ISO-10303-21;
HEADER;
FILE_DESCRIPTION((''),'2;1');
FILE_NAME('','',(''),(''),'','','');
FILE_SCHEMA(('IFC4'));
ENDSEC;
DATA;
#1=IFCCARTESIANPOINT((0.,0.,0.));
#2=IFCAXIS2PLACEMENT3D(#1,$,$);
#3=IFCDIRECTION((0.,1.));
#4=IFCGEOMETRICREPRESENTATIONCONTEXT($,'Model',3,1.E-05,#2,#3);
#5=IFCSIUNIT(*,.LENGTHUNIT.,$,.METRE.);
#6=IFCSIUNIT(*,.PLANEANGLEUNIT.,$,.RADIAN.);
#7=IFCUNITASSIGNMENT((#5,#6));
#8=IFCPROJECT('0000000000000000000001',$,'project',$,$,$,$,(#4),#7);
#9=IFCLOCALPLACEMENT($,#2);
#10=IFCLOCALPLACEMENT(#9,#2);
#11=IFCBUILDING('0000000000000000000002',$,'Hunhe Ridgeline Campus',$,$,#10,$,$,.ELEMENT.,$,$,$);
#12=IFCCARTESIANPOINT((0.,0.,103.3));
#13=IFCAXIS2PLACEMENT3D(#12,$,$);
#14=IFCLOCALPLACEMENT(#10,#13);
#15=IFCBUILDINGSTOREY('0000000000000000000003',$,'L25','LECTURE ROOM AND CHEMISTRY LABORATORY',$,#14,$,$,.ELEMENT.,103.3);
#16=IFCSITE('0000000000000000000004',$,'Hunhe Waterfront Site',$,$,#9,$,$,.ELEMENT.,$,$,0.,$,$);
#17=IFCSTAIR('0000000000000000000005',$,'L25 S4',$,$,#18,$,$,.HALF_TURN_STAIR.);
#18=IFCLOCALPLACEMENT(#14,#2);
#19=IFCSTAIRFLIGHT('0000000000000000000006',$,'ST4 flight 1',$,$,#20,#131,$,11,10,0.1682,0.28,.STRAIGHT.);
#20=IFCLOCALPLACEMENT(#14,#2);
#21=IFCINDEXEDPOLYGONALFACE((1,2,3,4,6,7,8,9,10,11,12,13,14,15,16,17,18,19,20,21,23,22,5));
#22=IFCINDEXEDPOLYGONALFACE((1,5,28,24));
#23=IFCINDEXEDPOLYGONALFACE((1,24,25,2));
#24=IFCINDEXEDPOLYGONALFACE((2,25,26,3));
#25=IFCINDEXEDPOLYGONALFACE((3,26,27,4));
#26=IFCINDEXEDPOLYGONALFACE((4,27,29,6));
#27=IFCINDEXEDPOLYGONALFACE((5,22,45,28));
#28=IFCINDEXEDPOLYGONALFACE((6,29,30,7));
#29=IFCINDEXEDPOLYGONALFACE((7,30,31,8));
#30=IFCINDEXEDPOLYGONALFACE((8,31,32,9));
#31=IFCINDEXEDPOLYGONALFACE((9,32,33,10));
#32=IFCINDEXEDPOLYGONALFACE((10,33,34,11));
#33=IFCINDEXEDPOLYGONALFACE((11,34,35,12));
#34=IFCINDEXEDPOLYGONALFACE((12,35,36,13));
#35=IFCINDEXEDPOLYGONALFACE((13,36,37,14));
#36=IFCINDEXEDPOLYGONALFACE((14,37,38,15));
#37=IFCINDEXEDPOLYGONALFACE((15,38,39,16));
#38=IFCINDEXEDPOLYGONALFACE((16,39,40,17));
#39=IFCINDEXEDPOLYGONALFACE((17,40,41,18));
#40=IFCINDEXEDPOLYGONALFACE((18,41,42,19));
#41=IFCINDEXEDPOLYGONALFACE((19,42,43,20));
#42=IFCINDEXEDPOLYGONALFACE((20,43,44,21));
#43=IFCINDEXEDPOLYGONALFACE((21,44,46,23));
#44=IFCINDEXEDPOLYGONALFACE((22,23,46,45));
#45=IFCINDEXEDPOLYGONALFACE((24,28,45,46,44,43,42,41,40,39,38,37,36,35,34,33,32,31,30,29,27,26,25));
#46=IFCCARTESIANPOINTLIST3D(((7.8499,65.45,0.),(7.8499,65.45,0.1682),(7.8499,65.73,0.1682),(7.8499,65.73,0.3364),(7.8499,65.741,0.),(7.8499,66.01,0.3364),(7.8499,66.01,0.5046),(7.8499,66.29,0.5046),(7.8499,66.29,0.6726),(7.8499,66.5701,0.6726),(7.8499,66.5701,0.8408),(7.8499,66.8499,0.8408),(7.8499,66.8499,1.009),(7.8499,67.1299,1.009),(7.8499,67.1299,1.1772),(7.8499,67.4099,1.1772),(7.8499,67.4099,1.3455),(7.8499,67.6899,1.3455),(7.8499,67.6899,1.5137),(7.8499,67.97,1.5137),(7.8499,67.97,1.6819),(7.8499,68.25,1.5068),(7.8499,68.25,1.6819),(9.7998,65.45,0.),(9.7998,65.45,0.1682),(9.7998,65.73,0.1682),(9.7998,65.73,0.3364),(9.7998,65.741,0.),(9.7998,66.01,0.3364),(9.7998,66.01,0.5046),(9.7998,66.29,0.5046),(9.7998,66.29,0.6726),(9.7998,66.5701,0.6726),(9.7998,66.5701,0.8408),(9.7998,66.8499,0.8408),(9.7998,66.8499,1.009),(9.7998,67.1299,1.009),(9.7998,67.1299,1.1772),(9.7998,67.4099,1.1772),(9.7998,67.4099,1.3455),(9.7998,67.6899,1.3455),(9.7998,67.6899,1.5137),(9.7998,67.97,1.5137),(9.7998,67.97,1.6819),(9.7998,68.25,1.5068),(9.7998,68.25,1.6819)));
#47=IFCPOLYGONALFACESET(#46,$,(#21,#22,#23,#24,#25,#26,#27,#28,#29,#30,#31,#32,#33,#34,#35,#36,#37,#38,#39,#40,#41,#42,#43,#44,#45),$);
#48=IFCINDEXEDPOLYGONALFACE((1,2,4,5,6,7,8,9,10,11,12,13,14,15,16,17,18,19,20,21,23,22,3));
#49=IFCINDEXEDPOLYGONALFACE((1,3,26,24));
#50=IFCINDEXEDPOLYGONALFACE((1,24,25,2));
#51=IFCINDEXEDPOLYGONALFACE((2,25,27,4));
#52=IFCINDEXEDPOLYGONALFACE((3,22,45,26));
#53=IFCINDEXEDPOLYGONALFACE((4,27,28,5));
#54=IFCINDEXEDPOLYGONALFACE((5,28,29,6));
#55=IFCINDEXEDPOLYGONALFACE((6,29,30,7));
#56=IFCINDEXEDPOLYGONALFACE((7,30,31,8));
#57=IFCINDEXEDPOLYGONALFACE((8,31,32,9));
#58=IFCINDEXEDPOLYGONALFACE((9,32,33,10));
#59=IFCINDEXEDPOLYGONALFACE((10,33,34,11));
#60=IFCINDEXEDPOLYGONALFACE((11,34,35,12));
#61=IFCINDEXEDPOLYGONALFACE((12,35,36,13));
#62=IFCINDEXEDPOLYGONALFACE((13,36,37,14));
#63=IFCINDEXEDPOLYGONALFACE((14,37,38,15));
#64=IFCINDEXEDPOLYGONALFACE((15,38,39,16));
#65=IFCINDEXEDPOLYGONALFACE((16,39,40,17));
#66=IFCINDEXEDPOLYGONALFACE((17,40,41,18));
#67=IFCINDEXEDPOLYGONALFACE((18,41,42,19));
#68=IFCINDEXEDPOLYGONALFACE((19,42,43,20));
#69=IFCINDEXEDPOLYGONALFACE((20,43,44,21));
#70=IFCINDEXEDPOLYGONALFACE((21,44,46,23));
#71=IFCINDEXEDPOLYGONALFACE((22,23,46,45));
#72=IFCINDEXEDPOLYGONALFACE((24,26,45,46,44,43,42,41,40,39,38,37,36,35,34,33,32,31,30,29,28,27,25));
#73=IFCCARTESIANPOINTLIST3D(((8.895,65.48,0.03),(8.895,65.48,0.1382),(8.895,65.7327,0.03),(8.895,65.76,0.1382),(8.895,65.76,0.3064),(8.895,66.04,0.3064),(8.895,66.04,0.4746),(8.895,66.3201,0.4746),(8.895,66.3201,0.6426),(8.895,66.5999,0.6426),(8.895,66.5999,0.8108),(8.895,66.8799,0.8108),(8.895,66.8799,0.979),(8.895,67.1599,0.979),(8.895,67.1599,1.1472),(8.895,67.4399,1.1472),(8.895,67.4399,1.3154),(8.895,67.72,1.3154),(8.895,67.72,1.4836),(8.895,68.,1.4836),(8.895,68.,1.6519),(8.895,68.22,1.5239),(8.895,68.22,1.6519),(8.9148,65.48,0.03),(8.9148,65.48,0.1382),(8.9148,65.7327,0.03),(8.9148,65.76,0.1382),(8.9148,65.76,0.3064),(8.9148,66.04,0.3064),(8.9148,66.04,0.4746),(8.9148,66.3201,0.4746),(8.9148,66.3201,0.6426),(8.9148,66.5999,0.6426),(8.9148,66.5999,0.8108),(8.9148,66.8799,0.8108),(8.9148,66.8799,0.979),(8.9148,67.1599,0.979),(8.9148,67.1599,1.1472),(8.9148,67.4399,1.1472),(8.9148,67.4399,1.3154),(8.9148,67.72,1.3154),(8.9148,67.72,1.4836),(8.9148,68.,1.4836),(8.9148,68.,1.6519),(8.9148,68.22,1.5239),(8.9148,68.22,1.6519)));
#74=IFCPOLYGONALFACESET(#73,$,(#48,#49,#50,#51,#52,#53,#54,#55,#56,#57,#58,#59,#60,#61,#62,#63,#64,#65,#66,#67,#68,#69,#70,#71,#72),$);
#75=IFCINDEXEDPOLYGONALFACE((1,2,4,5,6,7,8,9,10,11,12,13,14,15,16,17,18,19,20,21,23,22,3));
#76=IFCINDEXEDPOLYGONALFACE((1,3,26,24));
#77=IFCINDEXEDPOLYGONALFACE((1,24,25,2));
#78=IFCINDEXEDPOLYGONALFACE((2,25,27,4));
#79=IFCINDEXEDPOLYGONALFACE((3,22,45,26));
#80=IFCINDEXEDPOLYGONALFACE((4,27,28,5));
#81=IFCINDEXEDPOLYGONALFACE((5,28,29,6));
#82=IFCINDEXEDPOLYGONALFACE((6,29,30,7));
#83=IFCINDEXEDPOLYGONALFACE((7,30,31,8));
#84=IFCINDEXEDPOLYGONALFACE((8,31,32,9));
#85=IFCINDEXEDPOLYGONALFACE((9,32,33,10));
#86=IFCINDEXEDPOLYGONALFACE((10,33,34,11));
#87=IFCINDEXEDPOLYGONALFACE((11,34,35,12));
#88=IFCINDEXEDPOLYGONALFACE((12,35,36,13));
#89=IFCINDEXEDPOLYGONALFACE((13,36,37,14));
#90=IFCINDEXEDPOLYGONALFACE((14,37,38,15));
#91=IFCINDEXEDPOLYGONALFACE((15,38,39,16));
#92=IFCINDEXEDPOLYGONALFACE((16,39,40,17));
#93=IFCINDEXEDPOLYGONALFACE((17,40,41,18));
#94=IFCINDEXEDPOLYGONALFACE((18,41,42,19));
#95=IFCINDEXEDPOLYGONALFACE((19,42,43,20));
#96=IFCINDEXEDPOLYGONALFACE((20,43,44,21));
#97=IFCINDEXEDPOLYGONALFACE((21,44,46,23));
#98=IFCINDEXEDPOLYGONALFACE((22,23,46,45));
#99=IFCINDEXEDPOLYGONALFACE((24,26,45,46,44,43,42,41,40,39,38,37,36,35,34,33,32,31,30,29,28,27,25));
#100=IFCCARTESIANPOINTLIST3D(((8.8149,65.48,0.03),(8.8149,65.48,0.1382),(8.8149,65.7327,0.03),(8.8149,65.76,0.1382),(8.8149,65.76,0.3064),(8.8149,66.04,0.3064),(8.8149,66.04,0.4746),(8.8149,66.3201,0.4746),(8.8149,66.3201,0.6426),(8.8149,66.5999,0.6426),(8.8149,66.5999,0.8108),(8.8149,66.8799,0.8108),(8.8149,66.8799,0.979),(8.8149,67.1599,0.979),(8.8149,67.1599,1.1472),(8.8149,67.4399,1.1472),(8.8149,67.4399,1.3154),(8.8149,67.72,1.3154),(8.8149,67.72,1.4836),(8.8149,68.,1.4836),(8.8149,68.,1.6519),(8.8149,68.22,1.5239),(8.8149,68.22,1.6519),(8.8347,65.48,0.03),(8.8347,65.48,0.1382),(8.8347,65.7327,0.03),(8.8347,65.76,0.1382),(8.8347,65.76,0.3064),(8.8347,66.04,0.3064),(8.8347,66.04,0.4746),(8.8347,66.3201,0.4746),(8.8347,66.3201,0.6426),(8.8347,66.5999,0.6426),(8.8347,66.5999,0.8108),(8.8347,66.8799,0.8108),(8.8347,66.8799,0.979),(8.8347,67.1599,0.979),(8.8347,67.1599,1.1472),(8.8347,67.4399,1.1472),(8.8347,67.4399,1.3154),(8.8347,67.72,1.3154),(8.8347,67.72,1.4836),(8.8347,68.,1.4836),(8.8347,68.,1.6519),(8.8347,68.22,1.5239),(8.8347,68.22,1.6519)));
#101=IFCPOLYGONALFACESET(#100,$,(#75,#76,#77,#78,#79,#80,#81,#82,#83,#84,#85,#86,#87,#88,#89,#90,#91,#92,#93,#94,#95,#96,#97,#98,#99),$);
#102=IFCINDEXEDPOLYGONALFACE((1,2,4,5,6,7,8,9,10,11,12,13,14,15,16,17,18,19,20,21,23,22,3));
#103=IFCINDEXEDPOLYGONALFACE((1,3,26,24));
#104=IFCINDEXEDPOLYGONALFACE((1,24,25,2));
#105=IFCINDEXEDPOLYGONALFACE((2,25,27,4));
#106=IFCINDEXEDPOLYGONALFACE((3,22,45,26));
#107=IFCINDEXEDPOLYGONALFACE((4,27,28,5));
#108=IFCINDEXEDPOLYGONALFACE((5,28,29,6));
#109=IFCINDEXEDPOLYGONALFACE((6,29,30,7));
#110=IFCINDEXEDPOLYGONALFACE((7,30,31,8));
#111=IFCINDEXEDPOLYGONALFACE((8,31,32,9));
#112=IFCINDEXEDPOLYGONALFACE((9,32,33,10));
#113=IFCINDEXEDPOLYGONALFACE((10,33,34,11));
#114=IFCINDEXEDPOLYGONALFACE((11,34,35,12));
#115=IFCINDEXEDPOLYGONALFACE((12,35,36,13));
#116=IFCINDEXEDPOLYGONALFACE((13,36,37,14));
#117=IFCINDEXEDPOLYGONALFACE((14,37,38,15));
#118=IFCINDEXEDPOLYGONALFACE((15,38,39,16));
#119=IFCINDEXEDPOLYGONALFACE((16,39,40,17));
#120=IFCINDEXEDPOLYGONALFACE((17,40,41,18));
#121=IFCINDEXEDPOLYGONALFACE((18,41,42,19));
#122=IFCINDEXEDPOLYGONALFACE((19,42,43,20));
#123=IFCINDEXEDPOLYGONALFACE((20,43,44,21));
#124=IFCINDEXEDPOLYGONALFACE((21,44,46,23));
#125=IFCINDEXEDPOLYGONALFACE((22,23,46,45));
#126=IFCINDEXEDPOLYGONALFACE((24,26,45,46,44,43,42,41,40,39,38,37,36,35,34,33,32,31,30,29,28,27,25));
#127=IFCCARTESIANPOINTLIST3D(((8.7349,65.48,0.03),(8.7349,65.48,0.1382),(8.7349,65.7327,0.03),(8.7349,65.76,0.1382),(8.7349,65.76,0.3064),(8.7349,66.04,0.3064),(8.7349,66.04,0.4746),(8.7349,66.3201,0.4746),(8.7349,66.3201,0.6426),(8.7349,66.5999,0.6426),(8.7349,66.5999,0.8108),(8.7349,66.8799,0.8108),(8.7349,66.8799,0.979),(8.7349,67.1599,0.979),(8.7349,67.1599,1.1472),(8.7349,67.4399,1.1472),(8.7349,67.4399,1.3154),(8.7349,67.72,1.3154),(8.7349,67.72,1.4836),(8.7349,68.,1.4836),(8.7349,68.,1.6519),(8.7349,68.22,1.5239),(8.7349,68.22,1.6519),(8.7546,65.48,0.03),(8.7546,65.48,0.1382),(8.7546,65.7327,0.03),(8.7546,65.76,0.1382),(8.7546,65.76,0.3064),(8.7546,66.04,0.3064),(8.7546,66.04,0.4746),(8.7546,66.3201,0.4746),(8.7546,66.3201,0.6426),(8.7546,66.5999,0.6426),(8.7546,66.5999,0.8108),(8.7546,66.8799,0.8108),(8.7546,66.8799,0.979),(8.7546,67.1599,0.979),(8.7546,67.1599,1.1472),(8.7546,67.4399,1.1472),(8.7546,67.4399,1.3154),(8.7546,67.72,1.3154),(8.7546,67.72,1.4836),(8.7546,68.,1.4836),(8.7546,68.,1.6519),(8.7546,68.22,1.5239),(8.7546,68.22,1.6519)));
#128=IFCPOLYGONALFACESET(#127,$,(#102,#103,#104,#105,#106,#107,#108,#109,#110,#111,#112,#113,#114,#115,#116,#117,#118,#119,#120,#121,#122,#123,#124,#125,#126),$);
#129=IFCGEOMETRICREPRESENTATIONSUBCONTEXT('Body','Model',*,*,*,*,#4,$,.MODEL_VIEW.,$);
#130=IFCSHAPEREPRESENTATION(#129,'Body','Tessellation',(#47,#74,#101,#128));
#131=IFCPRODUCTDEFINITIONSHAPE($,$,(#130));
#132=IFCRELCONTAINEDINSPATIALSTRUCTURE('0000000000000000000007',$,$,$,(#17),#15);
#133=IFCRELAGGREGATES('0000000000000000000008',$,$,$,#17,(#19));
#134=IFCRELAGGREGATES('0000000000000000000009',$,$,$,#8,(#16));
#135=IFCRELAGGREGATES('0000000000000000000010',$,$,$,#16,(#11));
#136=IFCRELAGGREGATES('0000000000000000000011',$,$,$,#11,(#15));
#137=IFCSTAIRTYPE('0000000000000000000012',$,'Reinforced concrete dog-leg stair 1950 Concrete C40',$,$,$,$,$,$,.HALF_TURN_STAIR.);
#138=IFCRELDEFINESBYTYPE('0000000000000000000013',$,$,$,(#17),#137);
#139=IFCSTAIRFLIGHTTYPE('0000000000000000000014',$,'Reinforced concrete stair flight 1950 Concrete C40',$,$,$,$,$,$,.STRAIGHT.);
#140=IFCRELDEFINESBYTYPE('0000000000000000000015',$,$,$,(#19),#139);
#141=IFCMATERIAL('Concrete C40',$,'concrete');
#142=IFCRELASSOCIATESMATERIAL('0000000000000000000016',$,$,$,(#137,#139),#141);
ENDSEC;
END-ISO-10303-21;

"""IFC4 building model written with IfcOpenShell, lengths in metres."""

from ifc_helpers import new_model, si_unit, direction, frame, origin, place, context, subcontext, project, spatial, polyline, outline, extrude, material, type_object, element, aggregate, save


model = new_model("IFC4")

# Units and contexts
model_context = context("Model", 3, precision=1e-05, world=origin(), true_north=direction((0.0, 1.0)))
body_context = subcontext(model_context, "Body", "Model", "MODEL_VIEW")
ifc_project = project(units=[si_unit("LENGTHUNIT", "METRE"), si_unit("PLANEANGLEUNIT", "RADIAN")], contexts=[model_context])

# Site, building, storey
site_placement = place(None, origin())
site = spatial("IfcSite", under=ifc_project, at=site_placement, Name="Hunhe Waterfront Site", CompositionType="ELEMENT", RefElevation=0.0)
building_placement = place(site_placement, origin())
building = spatial("IfcBuilding", under=site, at=building_placement, Name="Hunhe Ridgeline Campus", CompositionType="ELEMENT")
storey_placement = place(building_placement, frame((0.0, 0.0, 103.3)))
storey = spatial("IfcBuildingStorey", under=building, at=storey_placement, Name="L25", Description="LECTURE ROOM AND CHEMISTRY LABORATORY", CompositionType="ELEMENT", Elevation=103.3)

# Stair, stair flight
ifc_material_1 = material(Name="Concrete C40", Category="concrete")
stair_type = type_object("IfcStairType", Name="Reinforced concrete dog-leg stair 1950 Concrete C40", PredefinedType="HALF_TURN_STAIR", material=ifc_material_1)
stair_flight_type = type_object("IfcStairFlightType", Name="Reinforced concrete stair flight 1950 Concrete C40", PredefinedType="STRAIGHT", material=ifc_material_1)
stair_1_placement = place(storey_placement, origin())
stair_1 = element("IfcStair", 1, at=stair_1_placement, inside=storey, type_object=stair_type, Name="L25 S4", PredefinedType="HALF_TURN_STAIR")
stair_flight_1_placement = place(storey_placement, frame((8.825, 65.45, 0.0), z_axis=(0.0, 0.0, 1.0), x_axis=(0.0, 1.0, 0.0)))
stair_flight_1 = element("IfcStairFlight", 2, at=stair_flight_1_placement, type_object=stair_flight_type, Name="ST4 flight 1", NumberOfRisers=11, NumberOfTreads=10, PredefinedType="STRAIGHT", RiserHeight=0.1682, TreadLength=0.28, context=body_context, shape_type="SweptSolid", body=[
    extrude(outline(polyline([(0.0, 0.0), (0.0, 0.1682), (0.28, 0.1682), (0.28, 0.3364), (0.5601, 0.3364), (0.5601, 0.5046), (0.8401, 0.5046), (0.8401, 0.6726), (1.1201, 0.6726), (1.1201, 0.8408), (1.3999, 0.8408), (1.3999, 1.009), (1.6799, 1.009), (1.6799, 1.1772), (1.96, 1.1772), (1.96, 1.3455), (2.24, 1.3455), (2.24, 1.5137), (2.52, 1.5137), (2.52, 1.6819), (2.8, 1.6819), (2.8, 1.8501), (2.8, 1.5068), (0.291, 0.0), (0.0, 0.0)])), frame((0.0, 0.9751, 0.0), z_axis=(0.0, -1.0, 0.0), x_axis=(1.0, 0.0, 0.0)), (0.0, 0.0, 1.0), 1.95),
    extrude(outline(polyline([(0.03, 0.03), (0.03, 0.1382), (0.3101, 0.1382), (0.3101, 0.3064), (0.5901, 0.3064), (0.5901, 0.4746), (0.8701, 0.4746), (0.8701, 0.6426), (1.1499, 0.6426), (1.1499, 0.8108), (1.4299, 0.8108), (1.4299, 0.979), (1.71, 0.979), (1.71, 1.1472), (1.99, 1.1472), (1.99, 1.3154), (2.27, 1.3154), (2.27, 1.4836), (2.55, 1.4836), (2.55, 1.6519), (2.77, 1.6519), (2.77, 1.5239), (0.2827, 0.03), (0.03, 0.03)])), frame((0.0, -0.0701, 0.0), z_axis=(0.0, -1.0, 0.0), x_axis=(1.0, 0.0, 0.0)), (0.0, 0.0, 1.0), 0.0198),
    extrude(outline(polyline([(0.03, 0.03), (0.03, 0.1382), (0.3101, 0.1382), (0.3101, 0.3064), (0.5901, 0.3064), (0.5901, 0.4746), (0.8701, 0.4746), (0.8701, 0.6426), (1.1499, 0.6426), (1.1499, 0.8108), (1.4299, 0.8108), (1.4299, 0.979), (1.71, 0.979), (1.71, 1.1472), (1.99, 1.1472), (1.99, 1.3154), (2.27, 1.3154), (2.27, 1.4836), (2.55, 1.4836), (2.55, 1.6519), (2.77, 1.6519), (2.77, 1.5239), (0.2827, 0.03), (0.03, 0.03)])), frame((0.0, 0.01, 0.0), z_axis=(0.0, -1.0, 0.0), x_axis=(1.0, 0.0, 0.0)), (0.0, 0.0, 1.0), 0.0198),
    extrude(outline(polyline([(0.03, 0.03), (0.03, 0.1382), (0.3101, 0.1382), (0.3101, 0.3064), (0.5901, 0.3064), (0.5901, 0.4746), (0.8701, 0.4746), (0.8701, 0.6426), (1.1499, 0.6426), (1.1499, 0.8108), (1.4299, 0.8108), (1.4299, 0.979), (1.71, 0.979), (1.71, 1.1472), (1.99, 1.1472), (1.99, 1.3154), (2.27, 1.3154), (2.27, 1.4836), (2.55, 1.4836), (2.55, 1.6519), (2.77, 1.6519), (2.77, 1.5239), (0.2827, 0.03), (0.03, 0.03)])), frame((0.0, 0.0901, 0.0), z_axis=(0.0, -1.0, 0.0), x_axis=(1.0, 0.0, 0.0)), (0.0, 0.0, 1.0), 0.0198),
])
aggregate(stair_1, [stair_flight_1])

save(model, "model.ifc")
